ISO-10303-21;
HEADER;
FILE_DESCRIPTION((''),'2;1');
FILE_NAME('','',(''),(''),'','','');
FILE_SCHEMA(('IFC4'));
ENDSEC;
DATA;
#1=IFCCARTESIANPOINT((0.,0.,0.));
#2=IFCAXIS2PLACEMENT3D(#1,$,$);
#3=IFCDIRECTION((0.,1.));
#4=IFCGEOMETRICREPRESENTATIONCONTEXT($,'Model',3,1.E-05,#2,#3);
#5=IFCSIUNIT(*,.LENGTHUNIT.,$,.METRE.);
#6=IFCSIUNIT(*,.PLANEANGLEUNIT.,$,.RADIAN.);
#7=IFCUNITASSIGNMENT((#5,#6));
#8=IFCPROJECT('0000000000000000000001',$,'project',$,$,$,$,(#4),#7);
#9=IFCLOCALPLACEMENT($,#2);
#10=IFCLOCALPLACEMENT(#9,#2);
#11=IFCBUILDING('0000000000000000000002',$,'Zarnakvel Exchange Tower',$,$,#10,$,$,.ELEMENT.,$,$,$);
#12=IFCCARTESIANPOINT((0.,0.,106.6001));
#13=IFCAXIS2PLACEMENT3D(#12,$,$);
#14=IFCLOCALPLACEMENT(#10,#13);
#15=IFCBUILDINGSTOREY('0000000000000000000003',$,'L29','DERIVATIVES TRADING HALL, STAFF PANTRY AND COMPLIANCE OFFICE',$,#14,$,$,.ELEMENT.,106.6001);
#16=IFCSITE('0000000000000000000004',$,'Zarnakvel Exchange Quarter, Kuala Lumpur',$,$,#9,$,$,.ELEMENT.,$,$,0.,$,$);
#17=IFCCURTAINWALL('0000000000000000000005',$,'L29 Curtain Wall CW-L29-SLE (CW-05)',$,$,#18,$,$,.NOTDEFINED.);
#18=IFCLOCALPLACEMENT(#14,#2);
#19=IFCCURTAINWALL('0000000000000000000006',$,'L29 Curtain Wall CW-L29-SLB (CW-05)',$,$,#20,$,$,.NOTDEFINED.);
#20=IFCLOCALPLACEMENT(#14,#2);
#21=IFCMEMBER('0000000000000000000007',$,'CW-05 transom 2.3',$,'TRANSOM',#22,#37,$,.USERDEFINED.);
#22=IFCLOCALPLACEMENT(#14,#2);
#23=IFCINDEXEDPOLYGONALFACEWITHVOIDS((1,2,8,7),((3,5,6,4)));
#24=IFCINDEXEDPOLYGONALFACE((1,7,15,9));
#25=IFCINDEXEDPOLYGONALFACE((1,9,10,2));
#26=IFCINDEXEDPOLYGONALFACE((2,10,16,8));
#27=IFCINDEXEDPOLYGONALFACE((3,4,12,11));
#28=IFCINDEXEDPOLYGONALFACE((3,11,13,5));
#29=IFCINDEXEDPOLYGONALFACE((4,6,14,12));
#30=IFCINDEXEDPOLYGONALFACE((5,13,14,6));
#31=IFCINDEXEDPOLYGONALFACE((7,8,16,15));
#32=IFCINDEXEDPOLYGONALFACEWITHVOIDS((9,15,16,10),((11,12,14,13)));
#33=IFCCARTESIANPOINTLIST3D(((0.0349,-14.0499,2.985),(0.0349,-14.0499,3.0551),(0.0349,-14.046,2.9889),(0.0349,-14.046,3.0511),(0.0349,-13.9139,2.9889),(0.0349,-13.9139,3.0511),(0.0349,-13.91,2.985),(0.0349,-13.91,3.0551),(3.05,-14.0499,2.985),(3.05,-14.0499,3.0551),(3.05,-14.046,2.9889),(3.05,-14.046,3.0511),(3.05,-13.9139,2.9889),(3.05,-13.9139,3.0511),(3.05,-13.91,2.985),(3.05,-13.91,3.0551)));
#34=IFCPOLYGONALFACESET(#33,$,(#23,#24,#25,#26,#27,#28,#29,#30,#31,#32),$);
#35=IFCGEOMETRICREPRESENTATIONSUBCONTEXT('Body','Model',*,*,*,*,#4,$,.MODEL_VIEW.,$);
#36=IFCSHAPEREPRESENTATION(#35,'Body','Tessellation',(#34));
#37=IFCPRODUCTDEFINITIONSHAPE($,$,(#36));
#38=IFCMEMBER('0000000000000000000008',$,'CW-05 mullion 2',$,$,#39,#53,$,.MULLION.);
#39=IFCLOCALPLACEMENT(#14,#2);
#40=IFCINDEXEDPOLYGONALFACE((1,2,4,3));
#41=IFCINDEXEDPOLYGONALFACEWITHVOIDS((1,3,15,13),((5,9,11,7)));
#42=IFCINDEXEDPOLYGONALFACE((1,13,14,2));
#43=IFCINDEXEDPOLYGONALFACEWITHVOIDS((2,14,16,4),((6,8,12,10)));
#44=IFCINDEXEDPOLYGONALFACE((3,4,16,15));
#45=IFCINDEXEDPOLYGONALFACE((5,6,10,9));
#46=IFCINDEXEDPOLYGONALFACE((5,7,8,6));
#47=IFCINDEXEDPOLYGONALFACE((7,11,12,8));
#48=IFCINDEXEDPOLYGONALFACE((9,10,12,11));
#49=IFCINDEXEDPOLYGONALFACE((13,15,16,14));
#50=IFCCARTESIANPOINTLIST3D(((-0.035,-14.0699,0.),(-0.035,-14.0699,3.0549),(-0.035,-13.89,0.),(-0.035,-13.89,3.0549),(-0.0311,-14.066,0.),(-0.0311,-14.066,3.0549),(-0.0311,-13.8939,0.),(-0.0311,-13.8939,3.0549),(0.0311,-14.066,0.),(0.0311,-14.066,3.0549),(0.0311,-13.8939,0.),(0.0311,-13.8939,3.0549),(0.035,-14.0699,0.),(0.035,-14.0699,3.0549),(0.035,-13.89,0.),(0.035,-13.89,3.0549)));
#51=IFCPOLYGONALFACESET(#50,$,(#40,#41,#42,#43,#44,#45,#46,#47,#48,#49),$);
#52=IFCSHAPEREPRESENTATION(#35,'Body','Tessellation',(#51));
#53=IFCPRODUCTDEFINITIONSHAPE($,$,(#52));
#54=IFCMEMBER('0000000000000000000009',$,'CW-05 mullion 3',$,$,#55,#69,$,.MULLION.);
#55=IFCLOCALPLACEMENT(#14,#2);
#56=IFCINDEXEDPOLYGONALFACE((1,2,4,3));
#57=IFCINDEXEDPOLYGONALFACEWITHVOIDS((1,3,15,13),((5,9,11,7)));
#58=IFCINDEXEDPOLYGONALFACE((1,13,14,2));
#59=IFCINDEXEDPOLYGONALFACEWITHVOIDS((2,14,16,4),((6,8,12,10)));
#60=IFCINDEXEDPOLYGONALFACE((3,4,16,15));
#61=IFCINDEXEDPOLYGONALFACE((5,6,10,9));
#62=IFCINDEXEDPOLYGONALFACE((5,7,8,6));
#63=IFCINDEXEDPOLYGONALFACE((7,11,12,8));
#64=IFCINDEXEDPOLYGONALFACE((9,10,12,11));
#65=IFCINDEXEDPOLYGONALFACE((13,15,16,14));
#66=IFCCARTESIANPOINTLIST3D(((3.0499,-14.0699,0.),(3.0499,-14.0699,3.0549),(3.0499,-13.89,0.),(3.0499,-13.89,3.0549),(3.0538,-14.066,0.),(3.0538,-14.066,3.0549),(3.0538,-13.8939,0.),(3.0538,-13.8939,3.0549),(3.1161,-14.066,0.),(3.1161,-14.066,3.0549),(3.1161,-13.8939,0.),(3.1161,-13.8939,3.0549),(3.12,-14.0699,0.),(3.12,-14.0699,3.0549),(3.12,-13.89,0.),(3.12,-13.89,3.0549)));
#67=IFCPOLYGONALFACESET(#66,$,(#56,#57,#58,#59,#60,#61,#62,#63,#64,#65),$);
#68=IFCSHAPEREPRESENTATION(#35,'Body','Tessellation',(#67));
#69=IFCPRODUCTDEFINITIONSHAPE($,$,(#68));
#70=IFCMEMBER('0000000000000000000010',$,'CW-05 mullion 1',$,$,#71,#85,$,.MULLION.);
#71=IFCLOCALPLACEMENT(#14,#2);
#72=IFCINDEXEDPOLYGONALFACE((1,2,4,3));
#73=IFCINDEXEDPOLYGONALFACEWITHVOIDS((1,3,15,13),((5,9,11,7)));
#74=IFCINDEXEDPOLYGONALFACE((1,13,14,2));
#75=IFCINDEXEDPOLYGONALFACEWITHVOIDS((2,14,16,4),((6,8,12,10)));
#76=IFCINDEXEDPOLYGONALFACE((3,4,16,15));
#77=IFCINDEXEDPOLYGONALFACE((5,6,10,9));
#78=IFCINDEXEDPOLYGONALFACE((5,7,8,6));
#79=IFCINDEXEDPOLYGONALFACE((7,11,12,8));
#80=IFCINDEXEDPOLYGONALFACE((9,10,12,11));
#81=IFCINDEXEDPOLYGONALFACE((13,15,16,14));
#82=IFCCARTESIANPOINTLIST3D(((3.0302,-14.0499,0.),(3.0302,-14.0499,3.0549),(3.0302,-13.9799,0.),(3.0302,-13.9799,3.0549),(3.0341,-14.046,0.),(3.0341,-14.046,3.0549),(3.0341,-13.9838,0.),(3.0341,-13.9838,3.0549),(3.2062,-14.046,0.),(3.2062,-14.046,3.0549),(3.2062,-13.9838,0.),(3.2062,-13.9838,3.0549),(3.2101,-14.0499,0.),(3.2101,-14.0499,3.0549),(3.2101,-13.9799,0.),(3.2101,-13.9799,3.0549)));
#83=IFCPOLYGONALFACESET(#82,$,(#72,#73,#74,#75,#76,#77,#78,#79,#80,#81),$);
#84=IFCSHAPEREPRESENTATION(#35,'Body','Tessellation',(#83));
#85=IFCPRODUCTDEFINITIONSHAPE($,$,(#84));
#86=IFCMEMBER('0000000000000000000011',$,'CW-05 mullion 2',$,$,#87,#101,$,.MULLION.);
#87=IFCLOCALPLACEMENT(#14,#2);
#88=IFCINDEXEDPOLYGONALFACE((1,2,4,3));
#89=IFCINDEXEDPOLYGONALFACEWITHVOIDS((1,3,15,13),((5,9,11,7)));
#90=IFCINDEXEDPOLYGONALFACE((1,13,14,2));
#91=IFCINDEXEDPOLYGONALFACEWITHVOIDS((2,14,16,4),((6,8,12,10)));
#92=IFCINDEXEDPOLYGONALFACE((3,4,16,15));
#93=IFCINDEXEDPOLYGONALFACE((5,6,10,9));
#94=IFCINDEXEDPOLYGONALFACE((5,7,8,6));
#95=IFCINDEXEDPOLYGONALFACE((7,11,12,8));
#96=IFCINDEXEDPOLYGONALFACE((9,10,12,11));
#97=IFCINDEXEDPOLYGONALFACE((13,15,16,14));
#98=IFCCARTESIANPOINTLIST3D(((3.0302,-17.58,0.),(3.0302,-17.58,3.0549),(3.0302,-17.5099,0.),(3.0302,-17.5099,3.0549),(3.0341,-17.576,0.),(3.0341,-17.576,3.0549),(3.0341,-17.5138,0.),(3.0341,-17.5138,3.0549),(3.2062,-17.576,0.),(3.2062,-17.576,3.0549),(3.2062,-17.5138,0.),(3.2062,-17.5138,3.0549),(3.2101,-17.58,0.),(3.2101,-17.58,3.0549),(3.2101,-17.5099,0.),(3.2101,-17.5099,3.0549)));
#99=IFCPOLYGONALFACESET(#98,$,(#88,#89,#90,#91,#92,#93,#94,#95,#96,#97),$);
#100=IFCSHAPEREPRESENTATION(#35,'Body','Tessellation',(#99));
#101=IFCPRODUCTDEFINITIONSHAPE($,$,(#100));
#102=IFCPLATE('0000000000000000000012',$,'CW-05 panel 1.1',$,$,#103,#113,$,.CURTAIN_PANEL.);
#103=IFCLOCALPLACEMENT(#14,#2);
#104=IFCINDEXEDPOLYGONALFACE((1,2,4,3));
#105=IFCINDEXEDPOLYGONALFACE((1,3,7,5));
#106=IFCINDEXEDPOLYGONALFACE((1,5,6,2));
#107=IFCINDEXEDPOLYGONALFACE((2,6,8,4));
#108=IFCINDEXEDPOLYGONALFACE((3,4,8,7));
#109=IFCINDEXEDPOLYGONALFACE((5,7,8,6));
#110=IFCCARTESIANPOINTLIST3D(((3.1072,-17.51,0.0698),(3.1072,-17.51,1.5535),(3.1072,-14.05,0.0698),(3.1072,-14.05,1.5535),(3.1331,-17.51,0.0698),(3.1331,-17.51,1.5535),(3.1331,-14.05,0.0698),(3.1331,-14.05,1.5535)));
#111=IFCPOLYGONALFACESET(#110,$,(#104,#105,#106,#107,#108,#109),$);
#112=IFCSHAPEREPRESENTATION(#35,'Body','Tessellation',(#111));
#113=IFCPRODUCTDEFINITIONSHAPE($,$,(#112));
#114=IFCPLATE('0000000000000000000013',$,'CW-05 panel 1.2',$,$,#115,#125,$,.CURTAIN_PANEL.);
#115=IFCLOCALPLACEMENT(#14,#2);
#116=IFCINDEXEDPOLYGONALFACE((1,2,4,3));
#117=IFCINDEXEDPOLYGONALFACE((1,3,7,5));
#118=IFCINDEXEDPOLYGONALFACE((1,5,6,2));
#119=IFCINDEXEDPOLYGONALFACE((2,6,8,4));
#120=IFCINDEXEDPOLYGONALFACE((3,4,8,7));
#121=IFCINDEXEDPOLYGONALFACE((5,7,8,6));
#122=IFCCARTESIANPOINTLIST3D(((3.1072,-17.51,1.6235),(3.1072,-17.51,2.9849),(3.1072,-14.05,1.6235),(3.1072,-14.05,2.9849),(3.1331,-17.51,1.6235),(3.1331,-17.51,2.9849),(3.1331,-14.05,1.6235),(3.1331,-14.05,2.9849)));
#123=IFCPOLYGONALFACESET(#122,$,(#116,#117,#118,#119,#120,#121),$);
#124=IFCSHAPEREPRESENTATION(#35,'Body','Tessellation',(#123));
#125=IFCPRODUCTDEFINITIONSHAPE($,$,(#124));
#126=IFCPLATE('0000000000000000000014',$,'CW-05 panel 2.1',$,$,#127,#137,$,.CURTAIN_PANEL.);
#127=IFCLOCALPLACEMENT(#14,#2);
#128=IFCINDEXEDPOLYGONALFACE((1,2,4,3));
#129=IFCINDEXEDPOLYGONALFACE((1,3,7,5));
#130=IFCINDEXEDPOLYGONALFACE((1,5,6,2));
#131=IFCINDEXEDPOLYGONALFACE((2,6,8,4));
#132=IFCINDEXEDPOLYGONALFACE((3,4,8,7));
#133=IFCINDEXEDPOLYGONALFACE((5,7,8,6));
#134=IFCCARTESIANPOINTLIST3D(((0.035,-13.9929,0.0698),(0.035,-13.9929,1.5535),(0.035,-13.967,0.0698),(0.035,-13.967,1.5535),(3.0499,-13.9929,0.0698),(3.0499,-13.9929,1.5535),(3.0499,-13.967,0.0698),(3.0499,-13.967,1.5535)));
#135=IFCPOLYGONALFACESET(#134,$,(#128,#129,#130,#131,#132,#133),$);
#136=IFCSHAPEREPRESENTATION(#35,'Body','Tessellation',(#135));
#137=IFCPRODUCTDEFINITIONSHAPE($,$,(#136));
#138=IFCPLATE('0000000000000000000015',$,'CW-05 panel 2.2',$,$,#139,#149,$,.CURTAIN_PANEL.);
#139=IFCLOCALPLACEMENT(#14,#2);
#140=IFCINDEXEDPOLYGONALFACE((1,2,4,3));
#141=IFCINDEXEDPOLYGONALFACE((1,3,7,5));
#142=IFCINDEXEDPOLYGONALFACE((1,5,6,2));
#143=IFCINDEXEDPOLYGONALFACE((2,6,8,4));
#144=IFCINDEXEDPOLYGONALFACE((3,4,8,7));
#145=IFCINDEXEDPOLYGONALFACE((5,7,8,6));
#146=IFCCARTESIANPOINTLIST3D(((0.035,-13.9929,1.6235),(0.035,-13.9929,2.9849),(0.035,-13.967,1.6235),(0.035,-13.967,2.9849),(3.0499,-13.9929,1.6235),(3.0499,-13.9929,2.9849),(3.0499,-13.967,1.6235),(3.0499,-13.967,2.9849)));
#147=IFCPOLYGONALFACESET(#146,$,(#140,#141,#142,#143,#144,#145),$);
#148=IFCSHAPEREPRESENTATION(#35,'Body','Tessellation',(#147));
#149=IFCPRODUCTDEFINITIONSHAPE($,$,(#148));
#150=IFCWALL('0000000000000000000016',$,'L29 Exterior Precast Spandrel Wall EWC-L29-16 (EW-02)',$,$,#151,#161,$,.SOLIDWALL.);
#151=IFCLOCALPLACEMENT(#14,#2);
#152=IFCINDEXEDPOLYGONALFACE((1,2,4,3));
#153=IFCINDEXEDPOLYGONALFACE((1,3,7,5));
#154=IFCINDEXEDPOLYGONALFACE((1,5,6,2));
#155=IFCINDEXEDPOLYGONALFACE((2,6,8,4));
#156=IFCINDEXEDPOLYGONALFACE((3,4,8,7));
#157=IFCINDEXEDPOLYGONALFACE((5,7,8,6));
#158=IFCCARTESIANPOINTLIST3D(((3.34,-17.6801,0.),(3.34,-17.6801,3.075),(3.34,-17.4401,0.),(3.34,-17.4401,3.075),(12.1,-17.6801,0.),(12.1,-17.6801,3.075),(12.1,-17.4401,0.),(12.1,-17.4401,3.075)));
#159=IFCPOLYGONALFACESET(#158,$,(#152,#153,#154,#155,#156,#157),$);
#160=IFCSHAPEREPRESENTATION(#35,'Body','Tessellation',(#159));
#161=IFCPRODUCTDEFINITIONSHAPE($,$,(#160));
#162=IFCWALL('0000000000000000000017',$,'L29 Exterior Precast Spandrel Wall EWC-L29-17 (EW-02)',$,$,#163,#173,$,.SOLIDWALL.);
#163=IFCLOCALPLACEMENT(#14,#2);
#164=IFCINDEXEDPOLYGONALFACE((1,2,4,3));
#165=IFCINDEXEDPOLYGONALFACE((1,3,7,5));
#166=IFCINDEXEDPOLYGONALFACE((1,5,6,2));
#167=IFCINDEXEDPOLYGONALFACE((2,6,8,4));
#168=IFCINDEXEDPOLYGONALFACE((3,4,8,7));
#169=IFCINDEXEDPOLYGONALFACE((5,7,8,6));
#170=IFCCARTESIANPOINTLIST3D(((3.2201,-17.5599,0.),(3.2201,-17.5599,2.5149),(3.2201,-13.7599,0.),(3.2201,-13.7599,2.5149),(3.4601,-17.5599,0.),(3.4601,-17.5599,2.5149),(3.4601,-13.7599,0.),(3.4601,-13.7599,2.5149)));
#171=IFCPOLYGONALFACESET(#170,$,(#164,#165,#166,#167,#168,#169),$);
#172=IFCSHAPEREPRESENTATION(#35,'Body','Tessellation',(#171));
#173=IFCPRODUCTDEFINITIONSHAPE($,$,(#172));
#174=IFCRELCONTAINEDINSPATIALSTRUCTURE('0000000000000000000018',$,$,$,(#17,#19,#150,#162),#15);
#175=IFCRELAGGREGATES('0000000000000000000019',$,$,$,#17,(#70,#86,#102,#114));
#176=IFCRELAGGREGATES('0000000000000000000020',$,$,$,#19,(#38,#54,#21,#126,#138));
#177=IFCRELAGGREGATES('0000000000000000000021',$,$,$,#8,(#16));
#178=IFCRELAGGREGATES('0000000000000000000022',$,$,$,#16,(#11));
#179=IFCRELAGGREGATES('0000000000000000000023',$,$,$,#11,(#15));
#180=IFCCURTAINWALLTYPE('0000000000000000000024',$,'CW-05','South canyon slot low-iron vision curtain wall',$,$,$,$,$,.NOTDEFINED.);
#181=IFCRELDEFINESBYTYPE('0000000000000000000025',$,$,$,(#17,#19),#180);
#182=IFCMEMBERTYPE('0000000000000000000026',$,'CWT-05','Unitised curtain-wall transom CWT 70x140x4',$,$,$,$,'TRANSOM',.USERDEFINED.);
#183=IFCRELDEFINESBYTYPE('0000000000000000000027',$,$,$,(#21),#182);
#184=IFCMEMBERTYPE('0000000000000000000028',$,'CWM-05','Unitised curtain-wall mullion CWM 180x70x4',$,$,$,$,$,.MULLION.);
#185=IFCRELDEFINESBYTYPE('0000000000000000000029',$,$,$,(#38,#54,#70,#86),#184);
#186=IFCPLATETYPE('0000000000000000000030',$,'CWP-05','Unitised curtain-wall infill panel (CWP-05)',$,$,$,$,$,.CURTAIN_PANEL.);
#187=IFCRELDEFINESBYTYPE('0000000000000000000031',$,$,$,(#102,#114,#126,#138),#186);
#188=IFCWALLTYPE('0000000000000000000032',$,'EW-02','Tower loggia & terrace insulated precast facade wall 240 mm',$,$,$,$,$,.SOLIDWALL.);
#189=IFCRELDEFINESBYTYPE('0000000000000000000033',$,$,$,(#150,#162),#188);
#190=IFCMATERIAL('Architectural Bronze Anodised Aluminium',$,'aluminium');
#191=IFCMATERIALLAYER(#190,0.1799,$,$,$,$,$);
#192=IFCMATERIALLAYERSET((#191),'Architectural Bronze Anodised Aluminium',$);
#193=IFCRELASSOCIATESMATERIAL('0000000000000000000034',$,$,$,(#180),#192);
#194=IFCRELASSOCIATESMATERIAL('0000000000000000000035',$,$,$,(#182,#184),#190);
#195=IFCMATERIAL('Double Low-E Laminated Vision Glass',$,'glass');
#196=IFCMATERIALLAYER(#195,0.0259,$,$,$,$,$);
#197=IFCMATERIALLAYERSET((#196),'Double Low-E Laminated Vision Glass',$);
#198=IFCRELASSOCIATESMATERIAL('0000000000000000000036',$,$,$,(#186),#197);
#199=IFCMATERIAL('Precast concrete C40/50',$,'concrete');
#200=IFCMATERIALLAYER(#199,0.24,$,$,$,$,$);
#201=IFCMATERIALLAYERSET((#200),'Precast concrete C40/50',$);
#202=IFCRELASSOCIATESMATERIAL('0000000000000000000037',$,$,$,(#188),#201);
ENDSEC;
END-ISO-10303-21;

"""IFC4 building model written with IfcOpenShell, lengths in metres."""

from ifc_helpers import new_model, si_unit, direction, frame, frame_2d, origin, origin_2d, place, context, subcontext, project, spatial, rectangle, hollow_rectangle, extrude, source, transform, mapped, material, layer, layer_set, material_profile, profile_set, type_object, element, aggregate, save


model = new_model("IFC4")

# Units and contexts
model_context = context("Model", 3, precision=1e-05, world=origin(), true_north=direction((0.0, 1.0)))
body_context = subcontext(model_context, "Body", "Model", "MODEL_VIEW")
ifc_project = project(units=[si_unit("LENGTHUNIT", "METRE"), si_unit("PLANEANGLEUNIT", "RADIAN")], contexts=[model_context])

# Site, building, storey
site_placement = place(None, origin())
site = spatial("IfcSite", under=ifc_project, at=site_placement, Name="Zarnakvel Exchange Quarter, Kuala Lumpur", CompositionType="ELEMENT", RefElevation=0.0)
building_placement = place(site_placement, origin())
building = spatial("IfcBuilding", under=site, at=building_placement, Name="Zarnakvel Exchange Tower", CompositionType="ELEMENT")
storey_placement = place(building_placement, frame((0.0, 0.0, 106.6001)))
storey = spatial("IfcBuildingStorey", under=building, at=storey_placement, Name="L29", Description="DERIVATIVES TRADING HALL, STAFF PANTRY AND COMPLIANCE OFFICE", CompositionType="ELEMENT", Elevation=106.6001)

# Curtain walls, members
ifc_material_1 = material(Name="Architectural Bronze Anodised Aluminium", Category="aluminium")
ifc_layer_1 = layer(ifc_material_1, 0.1799)
ifc_layer_set_1 = layer_set([ifc_layer_1], Name="Architectural Bronze Anodised Aluminium")
curtain_wall_type = type_object("IfcCurtainWallType", Name="CW-05", Description="South canyon slot low-iron vision curtain wall", PredefinedType="NOTDEFINED", material=ifc_layer_set_1)
curtain_wall_1_placement = place(storey_placement, origin())
curtain_wall_1 = element("IfcCurtainWall", 1, at=curtain_wall_1_placement, inside=storey, type_object=curtain_wall_type, Name="L29 Curtain Wall CW-L29-SLE (CW-05)", PredefinedType="NOTDEFINED")
ifc_material_profile_1 = material_profile(ifc_material_1, hollow_rectangle(XDim=0.1399, YDim=0.0701, WallThickness=0.0039, at=origin_2d()))
ifc_profile_set_1 = profile_set([ifc_material_profile_1], Name="Architectural Bronze Anodised Aluminium")
member_type_1 = type_object("IfcMemberType", Name="CWT-05", Description="Unitised curtain-wall transom CWT 70x140x4", ElementType="TRANSOM", PredefinedType="USERDEFINED", material=ifc_profile_set_1)
curtain_wall_2_placement = place(storey_placement, origin())
curtain_wall_2 = element("IfcCurtainWall", 2, at=curtain_wall_2_placement, inside=storey, type_object=curtain_wall_type, Name="L29 Curtain Wall CW-L29-SLB (CW-05)", PredefinedType="NOTDEFINED")
shared_shape_1 = source(origin(), body_context, "Body", "SweptSolid", [
    extrude(hollow_rectangle(XDim=0.1399, YDim=0.0701, WallThickness=0.0039, at=origin_2d()), origin(), (0.0, 0.0, 1.0), 3.0151),
])
member_1_placement = place(storey_placement, frame((0.0349, -13.98, 3.02), z_axis=(1.0, 0.0, 0.0), x_axis=(0.0, 1.0, 0.0)))
member_1 = element("IfcMember", 3, at=member_1_placement, type_object=member_type_1, Name="CW-05 transom 2.3", ObjectType="TRANSOM", PredefinedType="USERDEFINED", context=body_context, shape_type="MappedRepresentation", body=[
    mapped(shared_shape_1, transform((0.0, 0.0, 0.0), x_axis=(1.0, 0.0, 0.0), y_axis=(0.0, 1.0, 0.0), z_axis=(0.0, 0.0, 1.0), scale=1.0)),
])
ifc_material_profile_2 = material_profile(ifc_material_1, hollow_rectangle(XDim=0.1799, YDim=0.0701, WallThickness=0.0039, at=origin_2d()))
ifc_profile_set_2 = profile_set([ifc_material_profile_2], Name="Architectural Bronze Anodised Aluminium")
member_type_2 = type_object("IfcMemberType", Name="CWM-05", Description="Unitised curtain-wall mullion CWM 180x70x4", PredefinedType="MULLION", material=ifc_profile_set_2)
shared_shape_2 = source(origin(), body_context, "Body", "SweptSolid", [
    extrude(hollow_rectangle(XDim=0.1799, YDim=0.0701, WallThickness=0.0039, at=origin_2d()), origin(), (0.0, 0.0, 1.0), 3.0549),
])
member_2_placement = place(storey_placement, frame((0.0, -13.98, 0.0), z_axis=(0.0, 0.0, 1.0), x_axis=(0.0, 1.0, 0.0)))
member_2 = element("IfcMember", 4, at=member_2_placement, type_object=member_type_2, Name="CW-05 mullion 2", PredefinedType="MULLION", context=body_context, shape_type="MappedRepresentation", body=[
    mapped(shared_shape_2, transform((0.0, 0.0, 0.0), x_axis=(1.0, 0.0, 0.0), y_axis=(0.0, 1.0, 0.0), z_axis=(0.0, 0.0, 1.0), scale=1.0)),
])
member_3_placement = place(storey_placement, frame((3.085, -13.98, 0.0), z_axis=(0.0, 0.0, 1.0), x_axis=(0.0, 1.0, 0.0)))
member_3 = element("IfcMember", 5, at=member_3_placement, type_object=member_type_2, Name="CW-05 mullion 3", PredefinedType="MULLION", context=body_context, shape_type="MappedRepresentation", body=[
    mapped(shared_shape_2, transform((0.0, 0.0, 0.0), x_axis=(1.0, 0.0, 0.0), y_axis=(0.0, 1.0, 0.0), z_axis=(0.0, 0.0, 1.0), scale=1.0)),
])

# Members
member_4_placement = place(storey_placement, frame((3.1201, -14.0149, 0.0), z_axis=(0.0, 0.0, 1.0), x_axis=(1.0, 0.0, 0.0)))
member_4 = element("IfcMember", 6, at=member_4_placement, type_object=member_type_2, Name="CW-05 mullion 1", PredefinedType="MULLION", context=body_context, shape_type="MappedRepresentation", body=[
    mapped(shared_shape_2, transform((0.0, 0.0, 0.0), x_axis=(1.0, 0.0, 0.0), y_axis=(0.0, 1.0, 0.0), z_axis=(0.0, 0.0, 1.0), scale=1.0)),
])
member_5_placement = place(storey_placement, frame((3.1201, -17.5449, 0.0), z_axis=(0.0, 0.0, 1.0), x_axis=(1.0, 0.0, 0.0)))
member_5 = element("IfcMember", 7, at=member_5_placement, type_object=member_type_2, Name="CW-05 mullion 2", PredefinedType="MULLION", context=body_context, shape_type="MappedRepresentation", body=[
    mapped(shared_shape_2, transform((0.0, 0.0, 0.0), x_axis=(1.0, 0.0, 0.0), y_axis=(0.0, 1.0, 0.0), z_axis=(0.0, 0.0, 1.0), scale=1.0)),
])

# Plates
ifc_material_2 = material(Name="Double Low-E Laminated Vision Glass", Category="glass")
ifc_layer_2 = layer(ifc_material_2, 0.0259)
ifc_layer_set_2 = layer_set([ifc_layer_2], Name="Double Low-E Laminated Vision Glass")
plate_type = type_object("IfcPlateType", Name="CWP-05", Description="Unitised curtain-wall infill panel (CWP-05)", PredefinedType="CURTAIN_PANEL", material=ifc_layer_set_2)
shared_shape_3 = source(origin(), body_context, "Body", "SweptSolid", [
    extrude(rectangle(XDim=3.46, YDim=0.0259, at=origin_2d()), origin(), (0.0, 0.0, 1.0), 1.4836),
])
plate_1_placement = place(storey_placement, frame((3.1201, -15.78, 0.0698), z_axis=(0.0, 0.0, 1.0), x_axis=(0.0, -1.0, 0.0)))
plate_1 = element("IfcPlate", 8, at=plate_1_placement, type_object=plate_type, Name="CW-05 panel 1.1", PredefinedType="CURTAIN_PANEL", context=body_context, shape_type="MappedRepresentation", body=[
    mapped(shared_shape_3, transform((0.0, 0.0, 0.0), x_axis=(1.0, 0.0, 0.0), y_axis=(0.0, 1.0, 0.0), z_axis=(0.0, 0.0, 1.0), scale=1.0)),
])
shared_shape_4 = source(origin(), body_context, "Body", "SweptSolid", [
    extrude(rectangle(XDim=3.46, YDim=0.0259, at=origin_2d()), origin(), (0.0, 0.0, 1.0), 1.3613),
])
plate_2_placement = place(storey_placement, frame((3.1201, -15.78, 1.6235), z_axis=(0.0, 0.0, 1.0), x_axis=(0.0, -1.0, 0.0)))
plate_2 = element("IfcPlate", 9, at=plate_2_placement, type_object=plate_type, Name="CW-05 panel 1.2", PredefinedType="CURTAIN_PANEL", context=body_context, shape_type="MappedRepresentation", body=[
    mapped(shared_shape_4, transform((0.0, 0.0, 0.0), x_axis=(1.0, 0.0, 0.0), y_axis=(0.0, 1.0, 0.0), z_axis=(0.0, 0.0, 1.0), scale=1.0)),
])
aggregate(curtain_wall_1, [member_4, member_5, plate_1, plate_2])
shared_shape_5 = source(origin(), body_context, "Body", "SweptSolid", [
    extrude(rectangle(XDim=3.0149, YDim=0.0259, at=origin_2d()), origin(), (0.0, 0.0, 1.0), 1.4836),
])
plate_3_placement = place(storey_placement, frame((1.5425, -13.98, 0.0698), z_axis=(0.0, 0.0, 1.0), x_axis=(1.0, 0.0, 0.0)))
plate_3 = element("IfcPlate", 10, at=plate_3_placement, type_object=plate_type, Name="CW-05 panel 2.1", PredefinedType="CURTAIN_PANEL", context=body_context, shape_type="MappedRepresentation", body=[
    mapped(shared_shape_5, transform((0.0, 0.0, 0.0), x_axis=(1.0, 0.0, 0.0), y_axis=(0.0, 1.0, 0.0), z_axis=(0.0, 0.0, 1.0), scale=1.0)),
])
shared_shape_6 = source(origin(), body_context, "Body", "SweptSolid", [
    extrude(rectangle(XDim=3.0149, YDim=0.0259, at=origin_2d()), origin(), (0.0, 0.0, 1.0), 1.3613),
])
plate_4_placement = place(storey_placement, frame((1.5425, -13.98, 1.6235), z_axis=(0.0, 0.0, 1.0), x_axis=(1.0, 0.0, 0.0)))
plate_4 = element("IfcPlate", 11, at=plate_4_placement, type_object=plate_type, Name="CW-05 panel 2.2", PredefinedType="CURTAIN_PANEL", context=body_context, shape_type="MappedRepresentation", body=[
    mapped(shared_shape_6, transform((0.0, 0.0, 0.0), x_axis=(1.0, 0.0, 0.0), y_axis=(0.0, 1.0, 0.0), z_axis=(0.0, 0.0, 1.0), scale=1.0)),
])
aggregate(curtain_wall_2, [member_2, member_3, member_1, plate_3, plate_4])

# Walls
ifc_material_3 = material(Name="Precast concrete C40/50", Category="concrete")
ifc_layer_3 = layer(ifc_material_3, 0.24)
ifc_layer_set_3 = layer_set([ifc_layer_3], Name="Precast concrete C40/50")
wall_type_1 = type_object("IfcWallType", Name="EW-02", Description="Tower loggia & terrace insulated precast facade wall 240 mm", PredefinedType="SOLIDWALL", material=ifc_layer_set_3)
wall_1_placement = place(storey_placement, frame((3.3401, -17.5601, 0.0), z_axis=(0.0, 0.0, 1.0), x_axis=(1.0, 0.0, 0.0)))
element("IfcWall", 12, at=wall_1_placement, inside=storey, type_object=wall_type_1, Name="L29 Exterior Precast Spandrel Wall EWC-L29-16 (EW-02)", PredefinedType="SOLIDWALL", context=body_context, shape_type="SweptSolid", body=[
    extrude(rectangle(XDim=8.76, YDim=0.24, at=frame_2d((4.3799, 0.0))), origin(), (0.0, 0.0, 1.0), 3.075),
])
wall_2_placement = place(storey_placement, frame((3.3401, -13.76, 0.0), z_axis=(0.0, 0.0, 1.0), x_axis=(0.0, -1.0, 0.0)))
element("IfcWall", 13, at=wall_2_placement, inside=storey, type_object=wall_type_1, Name="L29 Exterior Precast Spandrel Wall EWC-L29-17 (EW-02)", PredefinedType="SOLIDWALL", context=body_context, shape_type="SweptSolid", body=[
    extrude(rectangle(XDim=3.8, YDim=0.24, at=frame_2d((1.8999, 0.0))), origin(), (0.0, 0.0, 1.0), 2.5149),
])

save(model, "model.ifc")
